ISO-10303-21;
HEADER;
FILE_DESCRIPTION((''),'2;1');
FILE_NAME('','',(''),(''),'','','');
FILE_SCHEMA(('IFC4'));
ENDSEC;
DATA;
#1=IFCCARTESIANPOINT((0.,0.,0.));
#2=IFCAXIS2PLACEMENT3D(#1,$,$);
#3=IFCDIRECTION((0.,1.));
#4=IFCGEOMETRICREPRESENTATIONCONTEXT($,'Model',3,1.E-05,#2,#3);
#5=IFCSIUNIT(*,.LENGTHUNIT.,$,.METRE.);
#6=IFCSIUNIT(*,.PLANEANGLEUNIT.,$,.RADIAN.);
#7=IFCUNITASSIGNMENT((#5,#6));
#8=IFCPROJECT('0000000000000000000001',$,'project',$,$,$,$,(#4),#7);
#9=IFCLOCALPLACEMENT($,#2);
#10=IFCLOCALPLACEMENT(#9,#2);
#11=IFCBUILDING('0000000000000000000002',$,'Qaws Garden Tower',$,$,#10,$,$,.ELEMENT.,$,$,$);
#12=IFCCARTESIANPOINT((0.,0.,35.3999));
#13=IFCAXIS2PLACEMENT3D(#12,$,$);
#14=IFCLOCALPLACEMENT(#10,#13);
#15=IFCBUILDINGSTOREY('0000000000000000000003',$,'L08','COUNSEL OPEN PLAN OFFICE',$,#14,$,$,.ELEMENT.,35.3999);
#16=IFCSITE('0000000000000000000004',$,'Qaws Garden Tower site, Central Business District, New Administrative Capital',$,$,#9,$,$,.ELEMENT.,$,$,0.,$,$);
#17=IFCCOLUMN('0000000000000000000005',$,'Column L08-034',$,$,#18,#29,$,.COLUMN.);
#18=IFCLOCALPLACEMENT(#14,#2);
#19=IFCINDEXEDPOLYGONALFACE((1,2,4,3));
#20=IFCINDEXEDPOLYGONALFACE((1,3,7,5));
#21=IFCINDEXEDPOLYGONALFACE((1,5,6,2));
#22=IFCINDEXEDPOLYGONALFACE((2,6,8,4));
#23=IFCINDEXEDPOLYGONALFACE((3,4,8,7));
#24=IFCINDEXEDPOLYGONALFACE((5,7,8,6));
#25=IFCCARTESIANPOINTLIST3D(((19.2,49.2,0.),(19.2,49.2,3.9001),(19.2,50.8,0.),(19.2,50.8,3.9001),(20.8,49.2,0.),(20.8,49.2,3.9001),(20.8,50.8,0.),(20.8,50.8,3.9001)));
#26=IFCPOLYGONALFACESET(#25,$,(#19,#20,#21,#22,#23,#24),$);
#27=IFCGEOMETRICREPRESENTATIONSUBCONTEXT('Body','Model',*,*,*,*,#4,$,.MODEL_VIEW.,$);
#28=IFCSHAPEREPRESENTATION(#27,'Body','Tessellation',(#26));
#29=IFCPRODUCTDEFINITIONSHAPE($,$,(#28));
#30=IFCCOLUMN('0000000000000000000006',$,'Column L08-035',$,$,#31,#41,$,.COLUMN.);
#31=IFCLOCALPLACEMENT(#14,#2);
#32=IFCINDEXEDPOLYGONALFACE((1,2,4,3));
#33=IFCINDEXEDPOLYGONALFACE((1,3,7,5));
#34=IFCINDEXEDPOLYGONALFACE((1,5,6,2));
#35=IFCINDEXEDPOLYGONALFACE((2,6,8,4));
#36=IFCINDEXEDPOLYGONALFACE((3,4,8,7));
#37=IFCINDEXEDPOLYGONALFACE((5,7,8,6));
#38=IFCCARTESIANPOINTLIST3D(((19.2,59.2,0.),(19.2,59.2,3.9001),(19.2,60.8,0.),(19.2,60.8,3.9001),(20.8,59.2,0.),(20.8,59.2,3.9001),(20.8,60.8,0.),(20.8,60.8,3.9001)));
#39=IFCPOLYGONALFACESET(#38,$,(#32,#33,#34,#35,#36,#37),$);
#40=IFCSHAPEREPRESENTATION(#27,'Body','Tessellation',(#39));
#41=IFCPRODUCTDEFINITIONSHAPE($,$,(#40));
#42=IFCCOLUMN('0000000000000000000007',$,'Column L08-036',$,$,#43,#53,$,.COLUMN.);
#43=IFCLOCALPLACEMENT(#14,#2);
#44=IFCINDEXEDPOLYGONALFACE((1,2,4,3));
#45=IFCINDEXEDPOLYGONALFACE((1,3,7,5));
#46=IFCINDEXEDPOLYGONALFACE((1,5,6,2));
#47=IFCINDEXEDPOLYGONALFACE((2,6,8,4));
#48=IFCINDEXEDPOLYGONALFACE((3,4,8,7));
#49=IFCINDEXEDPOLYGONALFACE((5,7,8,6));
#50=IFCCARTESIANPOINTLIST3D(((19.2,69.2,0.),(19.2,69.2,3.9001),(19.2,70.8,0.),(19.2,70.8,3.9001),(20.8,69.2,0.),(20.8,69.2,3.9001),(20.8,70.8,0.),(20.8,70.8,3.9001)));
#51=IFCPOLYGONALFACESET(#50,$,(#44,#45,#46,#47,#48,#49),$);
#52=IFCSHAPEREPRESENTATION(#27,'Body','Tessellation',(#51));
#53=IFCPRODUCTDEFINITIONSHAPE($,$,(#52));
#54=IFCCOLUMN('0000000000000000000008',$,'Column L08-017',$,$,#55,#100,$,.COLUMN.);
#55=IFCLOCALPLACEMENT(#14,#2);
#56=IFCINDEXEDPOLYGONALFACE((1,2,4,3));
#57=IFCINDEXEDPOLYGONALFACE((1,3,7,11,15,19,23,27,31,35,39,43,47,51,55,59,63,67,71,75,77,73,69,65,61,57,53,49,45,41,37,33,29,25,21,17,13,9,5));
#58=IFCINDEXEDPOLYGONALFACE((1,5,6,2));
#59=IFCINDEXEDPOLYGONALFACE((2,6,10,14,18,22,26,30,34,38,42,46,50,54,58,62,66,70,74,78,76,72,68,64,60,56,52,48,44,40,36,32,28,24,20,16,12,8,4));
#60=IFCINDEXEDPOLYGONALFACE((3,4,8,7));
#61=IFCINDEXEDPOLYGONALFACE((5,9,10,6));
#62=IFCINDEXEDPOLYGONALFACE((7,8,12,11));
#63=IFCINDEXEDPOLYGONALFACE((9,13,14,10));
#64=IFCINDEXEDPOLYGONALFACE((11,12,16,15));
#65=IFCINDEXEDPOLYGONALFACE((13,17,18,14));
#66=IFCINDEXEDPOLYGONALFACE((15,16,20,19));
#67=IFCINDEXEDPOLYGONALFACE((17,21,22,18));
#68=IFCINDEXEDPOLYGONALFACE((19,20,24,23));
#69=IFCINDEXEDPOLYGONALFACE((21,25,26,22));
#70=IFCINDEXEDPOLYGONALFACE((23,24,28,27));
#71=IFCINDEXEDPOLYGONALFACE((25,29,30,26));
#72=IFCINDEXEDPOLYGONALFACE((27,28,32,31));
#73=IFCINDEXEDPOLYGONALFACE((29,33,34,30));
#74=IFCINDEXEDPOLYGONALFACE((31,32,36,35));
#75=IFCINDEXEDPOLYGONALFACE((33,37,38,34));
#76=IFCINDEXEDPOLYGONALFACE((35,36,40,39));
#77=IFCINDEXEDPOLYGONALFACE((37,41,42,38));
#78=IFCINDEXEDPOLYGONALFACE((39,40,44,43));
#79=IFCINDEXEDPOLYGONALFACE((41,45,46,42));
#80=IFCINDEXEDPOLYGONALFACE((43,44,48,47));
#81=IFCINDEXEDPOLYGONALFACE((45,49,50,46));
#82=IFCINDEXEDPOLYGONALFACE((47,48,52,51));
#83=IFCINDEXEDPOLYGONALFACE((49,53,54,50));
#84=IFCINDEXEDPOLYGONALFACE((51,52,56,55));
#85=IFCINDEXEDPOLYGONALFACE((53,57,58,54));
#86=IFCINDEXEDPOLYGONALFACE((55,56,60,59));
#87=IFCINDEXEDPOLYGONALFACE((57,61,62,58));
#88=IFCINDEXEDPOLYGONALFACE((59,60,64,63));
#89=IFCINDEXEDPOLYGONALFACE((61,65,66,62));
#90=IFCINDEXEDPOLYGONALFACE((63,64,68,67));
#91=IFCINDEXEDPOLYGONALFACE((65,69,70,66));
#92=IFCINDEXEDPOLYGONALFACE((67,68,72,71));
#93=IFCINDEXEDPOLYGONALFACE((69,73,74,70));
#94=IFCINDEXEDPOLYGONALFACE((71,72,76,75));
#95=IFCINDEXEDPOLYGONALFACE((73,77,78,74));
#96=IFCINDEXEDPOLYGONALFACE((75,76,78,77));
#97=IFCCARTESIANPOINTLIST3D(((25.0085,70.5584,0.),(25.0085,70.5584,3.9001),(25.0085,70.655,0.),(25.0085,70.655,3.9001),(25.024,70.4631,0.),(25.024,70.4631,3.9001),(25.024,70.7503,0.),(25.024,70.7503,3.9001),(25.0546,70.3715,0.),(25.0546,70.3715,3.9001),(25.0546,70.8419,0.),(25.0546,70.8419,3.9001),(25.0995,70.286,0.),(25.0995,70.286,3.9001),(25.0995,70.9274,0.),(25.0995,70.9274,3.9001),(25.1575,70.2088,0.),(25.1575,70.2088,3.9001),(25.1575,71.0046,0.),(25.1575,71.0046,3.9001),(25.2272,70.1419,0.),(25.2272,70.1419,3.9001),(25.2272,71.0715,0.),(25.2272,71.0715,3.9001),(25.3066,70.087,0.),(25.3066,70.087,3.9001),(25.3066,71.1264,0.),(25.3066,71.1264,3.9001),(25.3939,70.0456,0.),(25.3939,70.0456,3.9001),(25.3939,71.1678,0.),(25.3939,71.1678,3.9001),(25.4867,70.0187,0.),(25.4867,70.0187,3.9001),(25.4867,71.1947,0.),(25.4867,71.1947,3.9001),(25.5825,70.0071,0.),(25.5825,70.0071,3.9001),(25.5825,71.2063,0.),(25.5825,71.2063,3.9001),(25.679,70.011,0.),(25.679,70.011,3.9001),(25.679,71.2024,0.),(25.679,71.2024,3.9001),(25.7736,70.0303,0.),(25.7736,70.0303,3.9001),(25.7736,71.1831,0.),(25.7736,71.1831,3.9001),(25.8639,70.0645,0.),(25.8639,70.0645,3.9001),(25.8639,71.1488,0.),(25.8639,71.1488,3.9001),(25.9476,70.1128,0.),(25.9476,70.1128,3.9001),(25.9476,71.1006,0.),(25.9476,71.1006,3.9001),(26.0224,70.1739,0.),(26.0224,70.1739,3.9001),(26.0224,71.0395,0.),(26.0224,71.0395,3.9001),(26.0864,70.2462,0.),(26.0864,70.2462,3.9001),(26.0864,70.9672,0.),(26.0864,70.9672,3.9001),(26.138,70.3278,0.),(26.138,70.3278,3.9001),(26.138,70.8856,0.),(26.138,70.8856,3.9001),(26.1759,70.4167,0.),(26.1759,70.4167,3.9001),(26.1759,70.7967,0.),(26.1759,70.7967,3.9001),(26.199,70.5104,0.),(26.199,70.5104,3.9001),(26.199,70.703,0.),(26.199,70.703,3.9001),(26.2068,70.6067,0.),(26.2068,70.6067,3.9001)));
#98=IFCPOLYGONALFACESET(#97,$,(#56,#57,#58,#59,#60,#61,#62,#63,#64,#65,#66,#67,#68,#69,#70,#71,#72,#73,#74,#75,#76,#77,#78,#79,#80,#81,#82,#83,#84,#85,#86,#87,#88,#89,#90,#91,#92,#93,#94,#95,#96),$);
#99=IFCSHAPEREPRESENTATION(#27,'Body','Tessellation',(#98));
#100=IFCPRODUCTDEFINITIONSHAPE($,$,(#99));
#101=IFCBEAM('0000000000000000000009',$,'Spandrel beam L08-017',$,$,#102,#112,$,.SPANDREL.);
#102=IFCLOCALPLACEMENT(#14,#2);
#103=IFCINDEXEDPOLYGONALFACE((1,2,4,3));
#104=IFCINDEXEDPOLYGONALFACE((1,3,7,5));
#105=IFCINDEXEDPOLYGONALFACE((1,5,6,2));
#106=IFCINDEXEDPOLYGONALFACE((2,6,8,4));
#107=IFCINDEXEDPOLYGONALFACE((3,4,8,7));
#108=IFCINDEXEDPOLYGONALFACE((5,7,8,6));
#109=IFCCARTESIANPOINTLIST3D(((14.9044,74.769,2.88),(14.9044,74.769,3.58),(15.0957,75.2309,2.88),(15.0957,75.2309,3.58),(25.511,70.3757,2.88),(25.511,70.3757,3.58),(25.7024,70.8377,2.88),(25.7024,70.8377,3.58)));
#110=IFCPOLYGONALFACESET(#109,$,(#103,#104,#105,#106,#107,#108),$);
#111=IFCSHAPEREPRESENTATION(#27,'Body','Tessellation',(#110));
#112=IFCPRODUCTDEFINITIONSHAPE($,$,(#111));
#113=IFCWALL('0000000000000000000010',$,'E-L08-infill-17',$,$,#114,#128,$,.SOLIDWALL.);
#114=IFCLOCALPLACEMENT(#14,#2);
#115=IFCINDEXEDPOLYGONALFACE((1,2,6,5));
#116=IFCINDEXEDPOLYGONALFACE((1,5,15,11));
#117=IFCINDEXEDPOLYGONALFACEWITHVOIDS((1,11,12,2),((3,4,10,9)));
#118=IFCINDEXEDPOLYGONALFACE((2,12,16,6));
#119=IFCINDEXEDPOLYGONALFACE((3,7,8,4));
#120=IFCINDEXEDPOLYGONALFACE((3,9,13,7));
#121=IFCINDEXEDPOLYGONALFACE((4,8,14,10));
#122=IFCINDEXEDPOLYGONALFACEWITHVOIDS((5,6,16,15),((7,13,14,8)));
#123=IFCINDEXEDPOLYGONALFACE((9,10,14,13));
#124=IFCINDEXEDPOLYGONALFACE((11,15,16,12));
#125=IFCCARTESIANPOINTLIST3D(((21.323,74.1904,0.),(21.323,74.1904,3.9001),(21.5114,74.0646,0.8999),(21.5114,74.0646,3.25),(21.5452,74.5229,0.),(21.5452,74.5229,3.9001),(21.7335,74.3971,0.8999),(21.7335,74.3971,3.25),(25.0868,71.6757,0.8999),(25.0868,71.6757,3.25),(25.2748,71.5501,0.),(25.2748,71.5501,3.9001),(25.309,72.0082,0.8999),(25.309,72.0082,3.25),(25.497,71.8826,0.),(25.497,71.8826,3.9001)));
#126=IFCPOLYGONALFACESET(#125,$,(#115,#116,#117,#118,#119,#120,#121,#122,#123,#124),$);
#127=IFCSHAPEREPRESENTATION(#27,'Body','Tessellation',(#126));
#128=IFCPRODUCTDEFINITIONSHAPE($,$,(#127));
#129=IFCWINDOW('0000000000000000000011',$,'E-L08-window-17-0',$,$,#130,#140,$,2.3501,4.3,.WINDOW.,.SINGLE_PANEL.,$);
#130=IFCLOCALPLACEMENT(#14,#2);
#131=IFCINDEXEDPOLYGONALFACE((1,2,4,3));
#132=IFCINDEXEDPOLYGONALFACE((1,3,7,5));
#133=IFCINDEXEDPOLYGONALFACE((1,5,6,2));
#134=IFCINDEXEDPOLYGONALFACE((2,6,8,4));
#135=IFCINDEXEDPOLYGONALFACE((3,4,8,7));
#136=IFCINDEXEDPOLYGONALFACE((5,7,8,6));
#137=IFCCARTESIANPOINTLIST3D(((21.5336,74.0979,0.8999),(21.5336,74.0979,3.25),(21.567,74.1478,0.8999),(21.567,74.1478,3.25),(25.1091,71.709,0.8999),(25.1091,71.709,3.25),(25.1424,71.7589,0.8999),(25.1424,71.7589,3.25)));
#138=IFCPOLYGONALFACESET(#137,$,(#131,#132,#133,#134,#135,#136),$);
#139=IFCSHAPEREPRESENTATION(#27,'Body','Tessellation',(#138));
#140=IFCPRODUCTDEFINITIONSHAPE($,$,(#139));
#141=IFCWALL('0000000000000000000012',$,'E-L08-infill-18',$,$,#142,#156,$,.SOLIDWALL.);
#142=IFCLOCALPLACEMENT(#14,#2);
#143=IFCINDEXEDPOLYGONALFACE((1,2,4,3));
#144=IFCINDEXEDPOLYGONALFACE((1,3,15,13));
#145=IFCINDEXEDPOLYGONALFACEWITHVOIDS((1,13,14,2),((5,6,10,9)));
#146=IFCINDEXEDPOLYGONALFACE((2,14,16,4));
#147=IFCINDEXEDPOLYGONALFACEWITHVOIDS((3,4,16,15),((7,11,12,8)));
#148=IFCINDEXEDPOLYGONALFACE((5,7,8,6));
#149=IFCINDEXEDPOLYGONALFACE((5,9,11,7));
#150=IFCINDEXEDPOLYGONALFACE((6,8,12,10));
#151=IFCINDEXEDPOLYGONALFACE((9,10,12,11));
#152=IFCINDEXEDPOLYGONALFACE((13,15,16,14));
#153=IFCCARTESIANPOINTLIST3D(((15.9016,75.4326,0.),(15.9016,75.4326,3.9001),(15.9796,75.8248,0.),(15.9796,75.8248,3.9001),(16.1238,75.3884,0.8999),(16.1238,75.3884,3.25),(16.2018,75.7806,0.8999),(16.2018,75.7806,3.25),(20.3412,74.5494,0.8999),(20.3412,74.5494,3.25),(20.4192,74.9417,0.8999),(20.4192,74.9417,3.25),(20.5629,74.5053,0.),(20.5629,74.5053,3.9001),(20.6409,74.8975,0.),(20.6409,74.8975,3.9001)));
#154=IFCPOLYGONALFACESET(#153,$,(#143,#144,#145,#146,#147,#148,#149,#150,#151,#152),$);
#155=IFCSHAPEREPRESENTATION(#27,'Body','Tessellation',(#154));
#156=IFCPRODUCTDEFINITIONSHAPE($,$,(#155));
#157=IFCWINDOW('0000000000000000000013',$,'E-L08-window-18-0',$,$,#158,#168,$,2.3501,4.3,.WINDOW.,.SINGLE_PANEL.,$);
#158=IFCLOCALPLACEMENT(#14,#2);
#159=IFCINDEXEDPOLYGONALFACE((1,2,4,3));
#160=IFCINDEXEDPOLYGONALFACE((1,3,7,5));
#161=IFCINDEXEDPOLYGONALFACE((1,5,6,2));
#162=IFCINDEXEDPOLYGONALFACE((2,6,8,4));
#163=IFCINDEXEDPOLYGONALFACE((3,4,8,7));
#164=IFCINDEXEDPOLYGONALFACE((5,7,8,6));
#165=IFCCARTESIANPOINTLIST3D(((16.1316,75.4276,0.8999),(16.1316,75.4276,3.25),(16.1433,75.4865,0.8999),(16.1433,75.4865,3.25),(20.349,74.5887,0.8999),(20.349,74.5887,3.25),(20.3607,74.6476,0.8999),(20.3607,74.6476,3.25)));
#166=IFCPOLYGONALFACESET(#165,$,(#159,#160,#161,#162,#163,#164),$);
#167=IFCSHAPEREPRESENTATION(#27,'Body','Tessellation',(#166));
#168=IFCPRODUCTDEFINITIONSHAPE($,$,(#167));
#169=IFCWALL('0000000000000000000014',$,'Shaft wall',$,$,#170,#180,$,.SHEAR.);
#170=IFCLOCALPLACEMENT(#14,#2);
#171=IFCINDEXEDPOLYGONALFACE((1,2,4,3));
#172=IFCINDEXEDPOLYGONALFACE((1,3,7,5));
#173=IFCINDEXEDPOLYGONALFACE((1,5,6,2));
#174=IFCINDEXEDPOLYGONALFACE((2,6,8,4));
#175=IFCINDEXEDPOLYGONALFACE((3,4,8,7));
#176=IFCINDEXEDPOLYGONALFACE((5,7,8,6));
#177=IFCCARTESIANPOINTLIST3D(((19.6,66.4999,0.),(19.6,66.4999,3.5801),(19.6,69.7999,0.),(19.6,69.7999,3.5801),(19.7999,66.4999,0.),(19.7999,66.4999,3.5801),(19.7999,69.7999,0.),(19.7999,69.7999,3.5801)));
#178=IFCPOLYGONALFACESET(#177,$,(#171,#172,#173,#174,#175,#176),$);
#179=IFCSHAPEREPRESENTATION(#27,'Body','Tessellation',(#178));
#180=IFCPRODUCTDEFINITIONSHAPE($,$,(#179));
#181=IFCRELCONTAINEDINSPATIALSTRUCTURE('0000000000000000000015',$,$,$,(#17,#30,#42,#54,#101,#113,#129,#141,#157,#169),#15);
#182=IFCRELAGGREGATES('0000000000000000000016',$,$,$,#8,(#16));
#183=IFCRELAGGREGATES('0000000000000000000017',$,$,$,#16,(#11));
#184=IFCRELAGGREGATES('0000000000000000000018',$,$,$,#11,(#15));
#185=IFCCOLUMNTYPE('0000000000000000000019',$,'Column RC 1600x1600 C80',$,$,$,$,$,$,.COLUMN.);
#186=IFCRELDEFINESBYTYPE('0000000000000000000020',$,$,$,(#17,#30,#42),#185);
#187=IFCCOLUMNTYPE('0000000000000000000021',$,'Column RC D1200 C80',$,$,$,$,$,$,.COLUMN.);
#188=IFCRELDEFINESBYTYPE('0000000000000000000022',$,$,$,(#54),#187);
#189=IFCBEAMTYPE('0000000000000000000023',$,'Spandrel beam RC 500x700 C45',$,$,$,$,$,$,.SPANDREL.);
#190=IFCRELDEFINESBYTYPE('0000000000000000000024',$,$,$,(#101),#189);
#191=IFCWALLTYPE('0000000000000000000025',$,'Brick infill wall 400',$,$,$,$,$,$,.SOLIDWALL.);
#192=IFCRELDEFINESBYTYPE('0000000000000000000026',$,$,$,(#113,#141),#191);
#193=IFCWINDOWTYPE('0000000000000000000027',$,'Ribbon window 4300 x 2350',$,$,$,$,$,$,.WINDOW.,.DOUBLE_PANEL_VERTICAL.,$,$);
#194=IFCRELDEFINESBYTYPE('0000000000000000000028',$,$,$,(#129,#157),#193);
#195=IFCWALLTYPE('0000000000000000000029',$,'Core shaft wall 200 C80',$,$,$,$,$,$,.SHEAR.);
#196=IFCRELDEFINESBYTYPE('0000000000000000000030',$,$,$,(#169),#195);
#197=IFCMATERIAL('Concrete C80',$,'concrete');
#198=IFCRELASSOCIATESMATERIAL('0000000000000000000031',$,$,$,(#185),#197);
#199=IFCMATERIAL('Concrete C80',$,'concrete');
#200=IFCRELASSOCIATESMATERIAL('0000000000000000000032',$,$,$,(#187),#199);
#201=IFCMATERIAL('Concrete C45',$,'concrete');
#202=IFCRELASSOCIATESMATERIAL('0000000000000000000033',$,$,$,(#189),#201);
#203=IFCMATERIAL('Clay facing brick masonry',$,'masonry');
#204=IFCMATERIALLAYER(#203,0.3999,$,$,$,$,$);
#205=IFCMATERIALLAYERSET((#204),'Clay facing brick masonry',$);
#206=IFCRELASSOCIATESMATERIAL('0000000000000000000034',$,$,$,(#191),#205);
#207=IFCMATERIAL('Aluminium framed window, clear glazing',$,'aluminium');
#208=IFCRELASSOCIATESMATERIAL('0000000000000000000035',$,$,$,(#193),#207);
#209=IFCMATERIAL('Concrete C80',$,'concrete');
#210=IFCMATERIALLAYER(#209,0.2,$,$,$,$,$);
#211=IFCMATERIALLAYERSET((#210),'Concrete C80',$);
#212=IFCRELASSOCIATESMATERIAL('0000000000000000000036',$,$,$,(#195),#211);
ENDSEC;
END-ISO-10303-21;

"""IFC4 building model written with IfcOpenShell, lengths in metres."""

from ifc_helpers import new_model, si_unit, direction, frame, frame_2d, origin, origin_2d, place, context, subcontext, project, spatial, rectangle, circle, extrude, material, layer, layer_set, material_profile, profile_set, type_object, element, fill, save


model = new_model("IFC4")

# Units and contexts
model_context = context("Model", 3, precision=1e-05, world=origin(), true_north=direction((0.0, 1.0)))
body_context = subcontext(model_context, "Body", "Model", "MODEL_VIEW")
ifc_project = project(units=[si_unit("LENGTHUNIT", "METRE"), si_unit("PLANEANGLEUNIT", "RADIAN")], contexts=[model_context])

# Site, building, storey
site_placement = place(None, origin())
site = spatial("IfcSite", under=ifc_project, at=site_placement, Name="Qaws Garden Tower site, Central Business District, New Administrative Capital", CompositionType="ELEMENT", RefElevation=0.0)
building_placement = place(site_placement, origin())
building = spatial("IfcBuilding", under=site, at=building_placement, Name="Qaws Garden Tower", CompositionType="ELEMENT")
storey_placement = place(building_placement, frame((0.0, 0.0, 35.3999)))
storey = spatial("IfcBuildingStorey", under=building, at=storey_placement, Name="L08", Description="COUNSEL OPEN PLAN OFFICE", CompositionType="ELEMENT", Elevation=35.3999)

# Columns
ifc_material_1 = material(Name="Concrete C80", Category="concrete")
ifc_material_profile_1 = material_profile(ifc_material_1, rectangle(XDim=1.6001, YDim=1.6001, at=origin_2d()), Name="RC 1600x1600")
ifc_profile_set_1 = profile_set([ifc_material_profile_1], Name="Concrete C80")
column_type_1 = type_object("IfcColumnType", Name="Column RC 1600x1600 C80", PredefinedType="COLUMN", material=ifc_profile_set_1)
for number, where, z_axis, x_axis, name in (
    (1, (20.0, 50.0, 0.0), (0.0, 0.0, 1.0), (1.0, 0.0, 0.0), "Column L08-034"),
    (2, (20.0, 60.0, 0.0), (0.0, 0.0, 1.0), (1.0, 0.0, 0.0), "Column L08-035"),
    (3, (20.0, 70.0, 0.0), (0.0, 0.0, 1.0), (1.0, 0.0, 0.0), "Column L08-036"),
):
    element("IfcColumn", number, at=place(storey_placement, frame(where, z_axis=z_axis, x_axis=x_axis)), inside=storey, type_object=column_type_1, Name=name, PredefinedType="COLUMN", context=body_context, shape_type="SweptSolid", body=[
        extrude(rectangle(XDim=1.6001, YDim=1.6001, at=origin_2d()), origin(), (0.0, 0.0, 1.0), 3.9001),
    ])
ifc_material_2 = material(Name="Concrete C80", Category="concrete")
ifc_material_profile_2 = material_profile(ifc_material_2, circle(Radius=0.6001, at=origin_2d()), Name="RC D1200")
ifc_profile_set_2 = profile_set([ifc_material_profile_2], Name="Concrete C80")
column_type_2 = type_object("IfcColumnType", Name="Column RC D1200 C80", PredefinedType="COLUMN", material=ifc_profile_set_2)
column_placement = place(storey_placement, frame((25.6067, 70.6067, 0.0), z_axis=(0.0, 0.0, 1.0), x_axis=(1.0, 0.0, 0.0)))
element("IfcColumn", 4, at=column_placement, inside=storey, type_object=column_type_2, Name="Column L08-017", PredefinedType="COLUMN", context=body_context, shape_type="SweptSolid", body=[
    extrude(circle(Radius=0.6001, at=origin_2d()), origin(), (0.0, 0.0, 1.0), 3.9001),
])

# Beam
ifc_material_3 = material(Name="Concrete C45", Category="concrete")
ifc_material_profile_3 = material_profile(ifc_material_3, rectangle(XDim=0.5, YDim=0.7, at=origin_2d()), Name="RC 500x700")
ifc_profile_set_3 = profile_set([ifc_material_profile_3], Name="Concrete C45")
beam_type = type_object("IfcBeamType", Name="Spandrel beam RC 500x700 C45", PredefinedType="SPANDREL", material=ifc_profile_set_3)
beam_placement = place(storey_placement, frame((25.6067, 70.6067, 3.23), z_axis=(-0.923883, 0.382674, 0.0), x_axis=(-0.382674, -0.923883, 0.0)))
element("IfcBeam", 5, at=beam_placement, inside=storey, type_object=beam_type, Name="Spandrel beam L08-017", PredefinedType="SPANDREL", context=body_context, shape_type="SweptSolid", body=[
    extrude(rectangle(XDim=0.5, YDim=0.7, at=origin_2d()), origin(), (0.0, 0.0, 1.0), 11.4805),
])

# Walls, openings, windows
ifc_material_4 = material(Name="Clay facing brick masonry", Category="masonry")
ifc_layer_1 = layer(ifc_material_4, 0.3999)
ifc_layer_set_1 = layer_set([ifc_layer_1], Name="Clay facing brick masonry")
wall_type_1 = type_object("IfcWallType", Name="Brick infill wall 400", PredefinedType="SOLIDWALL", material=ifc_layer_set_1)
wall_1_placement = place(storey_placement, frame((25.386, 71.7163, 0.0), z_axis=(0.0, 0.0, 1.0), x_axis=(-0.831489, 0.555542, 0.0)))
wall_1 = element("IfcWall", 6, at=wall_1_placement, inside=storey, type_object=wall_type_1, Name="E-L08-infill-17", PredefinedType="SOLIDWALL", context=body_context, shape_type="SweptSolid", body=[
    extrude(rectangle(XDim=4.7527, YDim=0.3999, at=frame_2d((2.3765, 0.0))), origin(), (0.0, 0.0, 1.0), 3.9001),
])
opening_1_placement = place(wall_1_placement, frame((0.2263, 0.0, 0.8999)))
opening_1 = element("IfcOpeningElement", 7, at=opening_1_placement, cuts=wall_1, PredefinedType="OPENING", context=body_context, shape_type="SweptSolid", body=[
    extrude(rectangle(XDim=4.3, YDim=2.3501, at=frame_2d((2.1499, 1.175))), frame((0.0, 0.21, 0.0), z_axis=(0.0, -1.0, 0.0), x_axis=(1.0, 0.0, 0.0)), (0.0, 0.0, 1.0), 0.4199),
])
ifc_material_5 = material(Name="Aluminium framed window, clear glazing", Category="aluminium")
window_type = type_object("IfcWindowType", Name="Ribbon window 4300 x 2350", PartitioningType="DOUBLE_PANEL_VERTICAL", PredefinedType="WINDOW", material=ifc_material_5)
window_1_placement = place(opening_1_placement, origin())
window_1 = element("IfcWindow", 8, at=window_1_placement, inside=storey, type_object=window_type, Name="E-L08-window-17-0", OverallHeight=2.3501, OverallWidth=4.3, PartitioningType="SINGLE_PANEL", PredefinedType="WINDOW", context=body_context, shape_type="SweptSolid", body=[
    extrude(rectangle(XDim=4.3, YDim=2.3501, at=frame_2d((2.1499, 1.175))), frame((0.0, 0.1599, 0.0), z_axis=(0.0, -1.0, 0.0), x_axis=(1.0, 0.0, 0.0)), (0.0, 0.0, 1.0), 0.0601),
])
fill(opening_1, window_1)
wall_2_placement = place(storey_placement, frame((20.6021, 74.7014, 0.0), z_axis=(0.0, 0.0, 1.0), x_axis=(-0.980784, 0.195099, 0.0)))
wall_2 = element("IfcWall", 9, at=wall_2_placement, inside=storey, type_object=wall_type_1, Name="E-L08-infill-18", PredefinedType="SOLIDWALL", context=body_context, shape_type="SweptSolid", body=[
    extrude(rectangle(XDim=4.7527, YDim=0.3999, at=frame_2d((2.3765, 0.0))), origin(), (0.0, 0.0, 1.0), 3.9001),
])
opening_2_placement = place(wall_2_placement, frame((0.2263, 0.0, 0.8999)))
opening_2 = element("IfcOpeningElement", 10, at=opening_2_placement, cuts=wall_2, PredefinedType="OPENING", context=body_context, shape_type="SweptSolid", body=[
    extrude(rectangle(XDim=4.3, YDim=2.3501, at=frame_2d((2.1499, 1.175))), frame((0.0, 0.21, 0.0), z_axis=(0.0, -1.0, 0.0), x_axis=(1.0, 0.0, 0.0)), (0.0, 0.0, 1.0), 0.4199),
])
window_2_placement = place(opening_2_placement, origin())
window_2 = element("IfcWindow", 11, at=window_2_placement, inside=storey, type_object=window_type, Name="E-L08-window-18-0", OverallHeight=2.3501, OverallWidth=4.3, PartitioningType="SINGLE_PANEL", PredefinedType="WINDOW", context=body_context, shape_type="SweptSolid", body=[
    extrude(rectangle(XDim=4.3, YDim=2.3501, at=frame_2d((2.1499, 1.175))), frame((0.0, 0.1599, 0.0), z_axis=(0.0, -1.0, 0.0), x_axis=(1.0, 0.0, 0.0)), (0.0, 0.0, 1.0), 0.0601),
])
fill(opening_2, window_2)

# Wall
ifc_material_6 = material(Name="Concrete C80", Category="concrete")
ifc_layer_2 = layer(ifc_material_6, 0.2)
ifc_layer_set_2 = layer_set([ifc_layer_2], Name="Concrete C80")
wall_type_2 = type_object("IfcWallType", Name="Core shaft wall 200 C80", PredefinedType="SHEAR", material=ifc_layer_set_2)
wall_3_placement = place(storey_placement, frame((19.7, 66.5, 0.0), z_axis=(0.0, 0.0, 1.0), x_axis=(0.0, 1.0, 0.0)))
element("IfcWall", 12, at=wall_3_placement, inside=storey, type_object=wall_type_2, Name="Shaft wall", PredefinedType="SHEAR", context=body_context, shape_type="SweptSolid", body=[
    extrude(rectangle(XDim=3.3, YDim=0.2, at=frame_2d((1.6499, 0.0))), origin(), (0.0, 0.0, 1.0), 3.5801),
])

save(model, "model.ifc")
